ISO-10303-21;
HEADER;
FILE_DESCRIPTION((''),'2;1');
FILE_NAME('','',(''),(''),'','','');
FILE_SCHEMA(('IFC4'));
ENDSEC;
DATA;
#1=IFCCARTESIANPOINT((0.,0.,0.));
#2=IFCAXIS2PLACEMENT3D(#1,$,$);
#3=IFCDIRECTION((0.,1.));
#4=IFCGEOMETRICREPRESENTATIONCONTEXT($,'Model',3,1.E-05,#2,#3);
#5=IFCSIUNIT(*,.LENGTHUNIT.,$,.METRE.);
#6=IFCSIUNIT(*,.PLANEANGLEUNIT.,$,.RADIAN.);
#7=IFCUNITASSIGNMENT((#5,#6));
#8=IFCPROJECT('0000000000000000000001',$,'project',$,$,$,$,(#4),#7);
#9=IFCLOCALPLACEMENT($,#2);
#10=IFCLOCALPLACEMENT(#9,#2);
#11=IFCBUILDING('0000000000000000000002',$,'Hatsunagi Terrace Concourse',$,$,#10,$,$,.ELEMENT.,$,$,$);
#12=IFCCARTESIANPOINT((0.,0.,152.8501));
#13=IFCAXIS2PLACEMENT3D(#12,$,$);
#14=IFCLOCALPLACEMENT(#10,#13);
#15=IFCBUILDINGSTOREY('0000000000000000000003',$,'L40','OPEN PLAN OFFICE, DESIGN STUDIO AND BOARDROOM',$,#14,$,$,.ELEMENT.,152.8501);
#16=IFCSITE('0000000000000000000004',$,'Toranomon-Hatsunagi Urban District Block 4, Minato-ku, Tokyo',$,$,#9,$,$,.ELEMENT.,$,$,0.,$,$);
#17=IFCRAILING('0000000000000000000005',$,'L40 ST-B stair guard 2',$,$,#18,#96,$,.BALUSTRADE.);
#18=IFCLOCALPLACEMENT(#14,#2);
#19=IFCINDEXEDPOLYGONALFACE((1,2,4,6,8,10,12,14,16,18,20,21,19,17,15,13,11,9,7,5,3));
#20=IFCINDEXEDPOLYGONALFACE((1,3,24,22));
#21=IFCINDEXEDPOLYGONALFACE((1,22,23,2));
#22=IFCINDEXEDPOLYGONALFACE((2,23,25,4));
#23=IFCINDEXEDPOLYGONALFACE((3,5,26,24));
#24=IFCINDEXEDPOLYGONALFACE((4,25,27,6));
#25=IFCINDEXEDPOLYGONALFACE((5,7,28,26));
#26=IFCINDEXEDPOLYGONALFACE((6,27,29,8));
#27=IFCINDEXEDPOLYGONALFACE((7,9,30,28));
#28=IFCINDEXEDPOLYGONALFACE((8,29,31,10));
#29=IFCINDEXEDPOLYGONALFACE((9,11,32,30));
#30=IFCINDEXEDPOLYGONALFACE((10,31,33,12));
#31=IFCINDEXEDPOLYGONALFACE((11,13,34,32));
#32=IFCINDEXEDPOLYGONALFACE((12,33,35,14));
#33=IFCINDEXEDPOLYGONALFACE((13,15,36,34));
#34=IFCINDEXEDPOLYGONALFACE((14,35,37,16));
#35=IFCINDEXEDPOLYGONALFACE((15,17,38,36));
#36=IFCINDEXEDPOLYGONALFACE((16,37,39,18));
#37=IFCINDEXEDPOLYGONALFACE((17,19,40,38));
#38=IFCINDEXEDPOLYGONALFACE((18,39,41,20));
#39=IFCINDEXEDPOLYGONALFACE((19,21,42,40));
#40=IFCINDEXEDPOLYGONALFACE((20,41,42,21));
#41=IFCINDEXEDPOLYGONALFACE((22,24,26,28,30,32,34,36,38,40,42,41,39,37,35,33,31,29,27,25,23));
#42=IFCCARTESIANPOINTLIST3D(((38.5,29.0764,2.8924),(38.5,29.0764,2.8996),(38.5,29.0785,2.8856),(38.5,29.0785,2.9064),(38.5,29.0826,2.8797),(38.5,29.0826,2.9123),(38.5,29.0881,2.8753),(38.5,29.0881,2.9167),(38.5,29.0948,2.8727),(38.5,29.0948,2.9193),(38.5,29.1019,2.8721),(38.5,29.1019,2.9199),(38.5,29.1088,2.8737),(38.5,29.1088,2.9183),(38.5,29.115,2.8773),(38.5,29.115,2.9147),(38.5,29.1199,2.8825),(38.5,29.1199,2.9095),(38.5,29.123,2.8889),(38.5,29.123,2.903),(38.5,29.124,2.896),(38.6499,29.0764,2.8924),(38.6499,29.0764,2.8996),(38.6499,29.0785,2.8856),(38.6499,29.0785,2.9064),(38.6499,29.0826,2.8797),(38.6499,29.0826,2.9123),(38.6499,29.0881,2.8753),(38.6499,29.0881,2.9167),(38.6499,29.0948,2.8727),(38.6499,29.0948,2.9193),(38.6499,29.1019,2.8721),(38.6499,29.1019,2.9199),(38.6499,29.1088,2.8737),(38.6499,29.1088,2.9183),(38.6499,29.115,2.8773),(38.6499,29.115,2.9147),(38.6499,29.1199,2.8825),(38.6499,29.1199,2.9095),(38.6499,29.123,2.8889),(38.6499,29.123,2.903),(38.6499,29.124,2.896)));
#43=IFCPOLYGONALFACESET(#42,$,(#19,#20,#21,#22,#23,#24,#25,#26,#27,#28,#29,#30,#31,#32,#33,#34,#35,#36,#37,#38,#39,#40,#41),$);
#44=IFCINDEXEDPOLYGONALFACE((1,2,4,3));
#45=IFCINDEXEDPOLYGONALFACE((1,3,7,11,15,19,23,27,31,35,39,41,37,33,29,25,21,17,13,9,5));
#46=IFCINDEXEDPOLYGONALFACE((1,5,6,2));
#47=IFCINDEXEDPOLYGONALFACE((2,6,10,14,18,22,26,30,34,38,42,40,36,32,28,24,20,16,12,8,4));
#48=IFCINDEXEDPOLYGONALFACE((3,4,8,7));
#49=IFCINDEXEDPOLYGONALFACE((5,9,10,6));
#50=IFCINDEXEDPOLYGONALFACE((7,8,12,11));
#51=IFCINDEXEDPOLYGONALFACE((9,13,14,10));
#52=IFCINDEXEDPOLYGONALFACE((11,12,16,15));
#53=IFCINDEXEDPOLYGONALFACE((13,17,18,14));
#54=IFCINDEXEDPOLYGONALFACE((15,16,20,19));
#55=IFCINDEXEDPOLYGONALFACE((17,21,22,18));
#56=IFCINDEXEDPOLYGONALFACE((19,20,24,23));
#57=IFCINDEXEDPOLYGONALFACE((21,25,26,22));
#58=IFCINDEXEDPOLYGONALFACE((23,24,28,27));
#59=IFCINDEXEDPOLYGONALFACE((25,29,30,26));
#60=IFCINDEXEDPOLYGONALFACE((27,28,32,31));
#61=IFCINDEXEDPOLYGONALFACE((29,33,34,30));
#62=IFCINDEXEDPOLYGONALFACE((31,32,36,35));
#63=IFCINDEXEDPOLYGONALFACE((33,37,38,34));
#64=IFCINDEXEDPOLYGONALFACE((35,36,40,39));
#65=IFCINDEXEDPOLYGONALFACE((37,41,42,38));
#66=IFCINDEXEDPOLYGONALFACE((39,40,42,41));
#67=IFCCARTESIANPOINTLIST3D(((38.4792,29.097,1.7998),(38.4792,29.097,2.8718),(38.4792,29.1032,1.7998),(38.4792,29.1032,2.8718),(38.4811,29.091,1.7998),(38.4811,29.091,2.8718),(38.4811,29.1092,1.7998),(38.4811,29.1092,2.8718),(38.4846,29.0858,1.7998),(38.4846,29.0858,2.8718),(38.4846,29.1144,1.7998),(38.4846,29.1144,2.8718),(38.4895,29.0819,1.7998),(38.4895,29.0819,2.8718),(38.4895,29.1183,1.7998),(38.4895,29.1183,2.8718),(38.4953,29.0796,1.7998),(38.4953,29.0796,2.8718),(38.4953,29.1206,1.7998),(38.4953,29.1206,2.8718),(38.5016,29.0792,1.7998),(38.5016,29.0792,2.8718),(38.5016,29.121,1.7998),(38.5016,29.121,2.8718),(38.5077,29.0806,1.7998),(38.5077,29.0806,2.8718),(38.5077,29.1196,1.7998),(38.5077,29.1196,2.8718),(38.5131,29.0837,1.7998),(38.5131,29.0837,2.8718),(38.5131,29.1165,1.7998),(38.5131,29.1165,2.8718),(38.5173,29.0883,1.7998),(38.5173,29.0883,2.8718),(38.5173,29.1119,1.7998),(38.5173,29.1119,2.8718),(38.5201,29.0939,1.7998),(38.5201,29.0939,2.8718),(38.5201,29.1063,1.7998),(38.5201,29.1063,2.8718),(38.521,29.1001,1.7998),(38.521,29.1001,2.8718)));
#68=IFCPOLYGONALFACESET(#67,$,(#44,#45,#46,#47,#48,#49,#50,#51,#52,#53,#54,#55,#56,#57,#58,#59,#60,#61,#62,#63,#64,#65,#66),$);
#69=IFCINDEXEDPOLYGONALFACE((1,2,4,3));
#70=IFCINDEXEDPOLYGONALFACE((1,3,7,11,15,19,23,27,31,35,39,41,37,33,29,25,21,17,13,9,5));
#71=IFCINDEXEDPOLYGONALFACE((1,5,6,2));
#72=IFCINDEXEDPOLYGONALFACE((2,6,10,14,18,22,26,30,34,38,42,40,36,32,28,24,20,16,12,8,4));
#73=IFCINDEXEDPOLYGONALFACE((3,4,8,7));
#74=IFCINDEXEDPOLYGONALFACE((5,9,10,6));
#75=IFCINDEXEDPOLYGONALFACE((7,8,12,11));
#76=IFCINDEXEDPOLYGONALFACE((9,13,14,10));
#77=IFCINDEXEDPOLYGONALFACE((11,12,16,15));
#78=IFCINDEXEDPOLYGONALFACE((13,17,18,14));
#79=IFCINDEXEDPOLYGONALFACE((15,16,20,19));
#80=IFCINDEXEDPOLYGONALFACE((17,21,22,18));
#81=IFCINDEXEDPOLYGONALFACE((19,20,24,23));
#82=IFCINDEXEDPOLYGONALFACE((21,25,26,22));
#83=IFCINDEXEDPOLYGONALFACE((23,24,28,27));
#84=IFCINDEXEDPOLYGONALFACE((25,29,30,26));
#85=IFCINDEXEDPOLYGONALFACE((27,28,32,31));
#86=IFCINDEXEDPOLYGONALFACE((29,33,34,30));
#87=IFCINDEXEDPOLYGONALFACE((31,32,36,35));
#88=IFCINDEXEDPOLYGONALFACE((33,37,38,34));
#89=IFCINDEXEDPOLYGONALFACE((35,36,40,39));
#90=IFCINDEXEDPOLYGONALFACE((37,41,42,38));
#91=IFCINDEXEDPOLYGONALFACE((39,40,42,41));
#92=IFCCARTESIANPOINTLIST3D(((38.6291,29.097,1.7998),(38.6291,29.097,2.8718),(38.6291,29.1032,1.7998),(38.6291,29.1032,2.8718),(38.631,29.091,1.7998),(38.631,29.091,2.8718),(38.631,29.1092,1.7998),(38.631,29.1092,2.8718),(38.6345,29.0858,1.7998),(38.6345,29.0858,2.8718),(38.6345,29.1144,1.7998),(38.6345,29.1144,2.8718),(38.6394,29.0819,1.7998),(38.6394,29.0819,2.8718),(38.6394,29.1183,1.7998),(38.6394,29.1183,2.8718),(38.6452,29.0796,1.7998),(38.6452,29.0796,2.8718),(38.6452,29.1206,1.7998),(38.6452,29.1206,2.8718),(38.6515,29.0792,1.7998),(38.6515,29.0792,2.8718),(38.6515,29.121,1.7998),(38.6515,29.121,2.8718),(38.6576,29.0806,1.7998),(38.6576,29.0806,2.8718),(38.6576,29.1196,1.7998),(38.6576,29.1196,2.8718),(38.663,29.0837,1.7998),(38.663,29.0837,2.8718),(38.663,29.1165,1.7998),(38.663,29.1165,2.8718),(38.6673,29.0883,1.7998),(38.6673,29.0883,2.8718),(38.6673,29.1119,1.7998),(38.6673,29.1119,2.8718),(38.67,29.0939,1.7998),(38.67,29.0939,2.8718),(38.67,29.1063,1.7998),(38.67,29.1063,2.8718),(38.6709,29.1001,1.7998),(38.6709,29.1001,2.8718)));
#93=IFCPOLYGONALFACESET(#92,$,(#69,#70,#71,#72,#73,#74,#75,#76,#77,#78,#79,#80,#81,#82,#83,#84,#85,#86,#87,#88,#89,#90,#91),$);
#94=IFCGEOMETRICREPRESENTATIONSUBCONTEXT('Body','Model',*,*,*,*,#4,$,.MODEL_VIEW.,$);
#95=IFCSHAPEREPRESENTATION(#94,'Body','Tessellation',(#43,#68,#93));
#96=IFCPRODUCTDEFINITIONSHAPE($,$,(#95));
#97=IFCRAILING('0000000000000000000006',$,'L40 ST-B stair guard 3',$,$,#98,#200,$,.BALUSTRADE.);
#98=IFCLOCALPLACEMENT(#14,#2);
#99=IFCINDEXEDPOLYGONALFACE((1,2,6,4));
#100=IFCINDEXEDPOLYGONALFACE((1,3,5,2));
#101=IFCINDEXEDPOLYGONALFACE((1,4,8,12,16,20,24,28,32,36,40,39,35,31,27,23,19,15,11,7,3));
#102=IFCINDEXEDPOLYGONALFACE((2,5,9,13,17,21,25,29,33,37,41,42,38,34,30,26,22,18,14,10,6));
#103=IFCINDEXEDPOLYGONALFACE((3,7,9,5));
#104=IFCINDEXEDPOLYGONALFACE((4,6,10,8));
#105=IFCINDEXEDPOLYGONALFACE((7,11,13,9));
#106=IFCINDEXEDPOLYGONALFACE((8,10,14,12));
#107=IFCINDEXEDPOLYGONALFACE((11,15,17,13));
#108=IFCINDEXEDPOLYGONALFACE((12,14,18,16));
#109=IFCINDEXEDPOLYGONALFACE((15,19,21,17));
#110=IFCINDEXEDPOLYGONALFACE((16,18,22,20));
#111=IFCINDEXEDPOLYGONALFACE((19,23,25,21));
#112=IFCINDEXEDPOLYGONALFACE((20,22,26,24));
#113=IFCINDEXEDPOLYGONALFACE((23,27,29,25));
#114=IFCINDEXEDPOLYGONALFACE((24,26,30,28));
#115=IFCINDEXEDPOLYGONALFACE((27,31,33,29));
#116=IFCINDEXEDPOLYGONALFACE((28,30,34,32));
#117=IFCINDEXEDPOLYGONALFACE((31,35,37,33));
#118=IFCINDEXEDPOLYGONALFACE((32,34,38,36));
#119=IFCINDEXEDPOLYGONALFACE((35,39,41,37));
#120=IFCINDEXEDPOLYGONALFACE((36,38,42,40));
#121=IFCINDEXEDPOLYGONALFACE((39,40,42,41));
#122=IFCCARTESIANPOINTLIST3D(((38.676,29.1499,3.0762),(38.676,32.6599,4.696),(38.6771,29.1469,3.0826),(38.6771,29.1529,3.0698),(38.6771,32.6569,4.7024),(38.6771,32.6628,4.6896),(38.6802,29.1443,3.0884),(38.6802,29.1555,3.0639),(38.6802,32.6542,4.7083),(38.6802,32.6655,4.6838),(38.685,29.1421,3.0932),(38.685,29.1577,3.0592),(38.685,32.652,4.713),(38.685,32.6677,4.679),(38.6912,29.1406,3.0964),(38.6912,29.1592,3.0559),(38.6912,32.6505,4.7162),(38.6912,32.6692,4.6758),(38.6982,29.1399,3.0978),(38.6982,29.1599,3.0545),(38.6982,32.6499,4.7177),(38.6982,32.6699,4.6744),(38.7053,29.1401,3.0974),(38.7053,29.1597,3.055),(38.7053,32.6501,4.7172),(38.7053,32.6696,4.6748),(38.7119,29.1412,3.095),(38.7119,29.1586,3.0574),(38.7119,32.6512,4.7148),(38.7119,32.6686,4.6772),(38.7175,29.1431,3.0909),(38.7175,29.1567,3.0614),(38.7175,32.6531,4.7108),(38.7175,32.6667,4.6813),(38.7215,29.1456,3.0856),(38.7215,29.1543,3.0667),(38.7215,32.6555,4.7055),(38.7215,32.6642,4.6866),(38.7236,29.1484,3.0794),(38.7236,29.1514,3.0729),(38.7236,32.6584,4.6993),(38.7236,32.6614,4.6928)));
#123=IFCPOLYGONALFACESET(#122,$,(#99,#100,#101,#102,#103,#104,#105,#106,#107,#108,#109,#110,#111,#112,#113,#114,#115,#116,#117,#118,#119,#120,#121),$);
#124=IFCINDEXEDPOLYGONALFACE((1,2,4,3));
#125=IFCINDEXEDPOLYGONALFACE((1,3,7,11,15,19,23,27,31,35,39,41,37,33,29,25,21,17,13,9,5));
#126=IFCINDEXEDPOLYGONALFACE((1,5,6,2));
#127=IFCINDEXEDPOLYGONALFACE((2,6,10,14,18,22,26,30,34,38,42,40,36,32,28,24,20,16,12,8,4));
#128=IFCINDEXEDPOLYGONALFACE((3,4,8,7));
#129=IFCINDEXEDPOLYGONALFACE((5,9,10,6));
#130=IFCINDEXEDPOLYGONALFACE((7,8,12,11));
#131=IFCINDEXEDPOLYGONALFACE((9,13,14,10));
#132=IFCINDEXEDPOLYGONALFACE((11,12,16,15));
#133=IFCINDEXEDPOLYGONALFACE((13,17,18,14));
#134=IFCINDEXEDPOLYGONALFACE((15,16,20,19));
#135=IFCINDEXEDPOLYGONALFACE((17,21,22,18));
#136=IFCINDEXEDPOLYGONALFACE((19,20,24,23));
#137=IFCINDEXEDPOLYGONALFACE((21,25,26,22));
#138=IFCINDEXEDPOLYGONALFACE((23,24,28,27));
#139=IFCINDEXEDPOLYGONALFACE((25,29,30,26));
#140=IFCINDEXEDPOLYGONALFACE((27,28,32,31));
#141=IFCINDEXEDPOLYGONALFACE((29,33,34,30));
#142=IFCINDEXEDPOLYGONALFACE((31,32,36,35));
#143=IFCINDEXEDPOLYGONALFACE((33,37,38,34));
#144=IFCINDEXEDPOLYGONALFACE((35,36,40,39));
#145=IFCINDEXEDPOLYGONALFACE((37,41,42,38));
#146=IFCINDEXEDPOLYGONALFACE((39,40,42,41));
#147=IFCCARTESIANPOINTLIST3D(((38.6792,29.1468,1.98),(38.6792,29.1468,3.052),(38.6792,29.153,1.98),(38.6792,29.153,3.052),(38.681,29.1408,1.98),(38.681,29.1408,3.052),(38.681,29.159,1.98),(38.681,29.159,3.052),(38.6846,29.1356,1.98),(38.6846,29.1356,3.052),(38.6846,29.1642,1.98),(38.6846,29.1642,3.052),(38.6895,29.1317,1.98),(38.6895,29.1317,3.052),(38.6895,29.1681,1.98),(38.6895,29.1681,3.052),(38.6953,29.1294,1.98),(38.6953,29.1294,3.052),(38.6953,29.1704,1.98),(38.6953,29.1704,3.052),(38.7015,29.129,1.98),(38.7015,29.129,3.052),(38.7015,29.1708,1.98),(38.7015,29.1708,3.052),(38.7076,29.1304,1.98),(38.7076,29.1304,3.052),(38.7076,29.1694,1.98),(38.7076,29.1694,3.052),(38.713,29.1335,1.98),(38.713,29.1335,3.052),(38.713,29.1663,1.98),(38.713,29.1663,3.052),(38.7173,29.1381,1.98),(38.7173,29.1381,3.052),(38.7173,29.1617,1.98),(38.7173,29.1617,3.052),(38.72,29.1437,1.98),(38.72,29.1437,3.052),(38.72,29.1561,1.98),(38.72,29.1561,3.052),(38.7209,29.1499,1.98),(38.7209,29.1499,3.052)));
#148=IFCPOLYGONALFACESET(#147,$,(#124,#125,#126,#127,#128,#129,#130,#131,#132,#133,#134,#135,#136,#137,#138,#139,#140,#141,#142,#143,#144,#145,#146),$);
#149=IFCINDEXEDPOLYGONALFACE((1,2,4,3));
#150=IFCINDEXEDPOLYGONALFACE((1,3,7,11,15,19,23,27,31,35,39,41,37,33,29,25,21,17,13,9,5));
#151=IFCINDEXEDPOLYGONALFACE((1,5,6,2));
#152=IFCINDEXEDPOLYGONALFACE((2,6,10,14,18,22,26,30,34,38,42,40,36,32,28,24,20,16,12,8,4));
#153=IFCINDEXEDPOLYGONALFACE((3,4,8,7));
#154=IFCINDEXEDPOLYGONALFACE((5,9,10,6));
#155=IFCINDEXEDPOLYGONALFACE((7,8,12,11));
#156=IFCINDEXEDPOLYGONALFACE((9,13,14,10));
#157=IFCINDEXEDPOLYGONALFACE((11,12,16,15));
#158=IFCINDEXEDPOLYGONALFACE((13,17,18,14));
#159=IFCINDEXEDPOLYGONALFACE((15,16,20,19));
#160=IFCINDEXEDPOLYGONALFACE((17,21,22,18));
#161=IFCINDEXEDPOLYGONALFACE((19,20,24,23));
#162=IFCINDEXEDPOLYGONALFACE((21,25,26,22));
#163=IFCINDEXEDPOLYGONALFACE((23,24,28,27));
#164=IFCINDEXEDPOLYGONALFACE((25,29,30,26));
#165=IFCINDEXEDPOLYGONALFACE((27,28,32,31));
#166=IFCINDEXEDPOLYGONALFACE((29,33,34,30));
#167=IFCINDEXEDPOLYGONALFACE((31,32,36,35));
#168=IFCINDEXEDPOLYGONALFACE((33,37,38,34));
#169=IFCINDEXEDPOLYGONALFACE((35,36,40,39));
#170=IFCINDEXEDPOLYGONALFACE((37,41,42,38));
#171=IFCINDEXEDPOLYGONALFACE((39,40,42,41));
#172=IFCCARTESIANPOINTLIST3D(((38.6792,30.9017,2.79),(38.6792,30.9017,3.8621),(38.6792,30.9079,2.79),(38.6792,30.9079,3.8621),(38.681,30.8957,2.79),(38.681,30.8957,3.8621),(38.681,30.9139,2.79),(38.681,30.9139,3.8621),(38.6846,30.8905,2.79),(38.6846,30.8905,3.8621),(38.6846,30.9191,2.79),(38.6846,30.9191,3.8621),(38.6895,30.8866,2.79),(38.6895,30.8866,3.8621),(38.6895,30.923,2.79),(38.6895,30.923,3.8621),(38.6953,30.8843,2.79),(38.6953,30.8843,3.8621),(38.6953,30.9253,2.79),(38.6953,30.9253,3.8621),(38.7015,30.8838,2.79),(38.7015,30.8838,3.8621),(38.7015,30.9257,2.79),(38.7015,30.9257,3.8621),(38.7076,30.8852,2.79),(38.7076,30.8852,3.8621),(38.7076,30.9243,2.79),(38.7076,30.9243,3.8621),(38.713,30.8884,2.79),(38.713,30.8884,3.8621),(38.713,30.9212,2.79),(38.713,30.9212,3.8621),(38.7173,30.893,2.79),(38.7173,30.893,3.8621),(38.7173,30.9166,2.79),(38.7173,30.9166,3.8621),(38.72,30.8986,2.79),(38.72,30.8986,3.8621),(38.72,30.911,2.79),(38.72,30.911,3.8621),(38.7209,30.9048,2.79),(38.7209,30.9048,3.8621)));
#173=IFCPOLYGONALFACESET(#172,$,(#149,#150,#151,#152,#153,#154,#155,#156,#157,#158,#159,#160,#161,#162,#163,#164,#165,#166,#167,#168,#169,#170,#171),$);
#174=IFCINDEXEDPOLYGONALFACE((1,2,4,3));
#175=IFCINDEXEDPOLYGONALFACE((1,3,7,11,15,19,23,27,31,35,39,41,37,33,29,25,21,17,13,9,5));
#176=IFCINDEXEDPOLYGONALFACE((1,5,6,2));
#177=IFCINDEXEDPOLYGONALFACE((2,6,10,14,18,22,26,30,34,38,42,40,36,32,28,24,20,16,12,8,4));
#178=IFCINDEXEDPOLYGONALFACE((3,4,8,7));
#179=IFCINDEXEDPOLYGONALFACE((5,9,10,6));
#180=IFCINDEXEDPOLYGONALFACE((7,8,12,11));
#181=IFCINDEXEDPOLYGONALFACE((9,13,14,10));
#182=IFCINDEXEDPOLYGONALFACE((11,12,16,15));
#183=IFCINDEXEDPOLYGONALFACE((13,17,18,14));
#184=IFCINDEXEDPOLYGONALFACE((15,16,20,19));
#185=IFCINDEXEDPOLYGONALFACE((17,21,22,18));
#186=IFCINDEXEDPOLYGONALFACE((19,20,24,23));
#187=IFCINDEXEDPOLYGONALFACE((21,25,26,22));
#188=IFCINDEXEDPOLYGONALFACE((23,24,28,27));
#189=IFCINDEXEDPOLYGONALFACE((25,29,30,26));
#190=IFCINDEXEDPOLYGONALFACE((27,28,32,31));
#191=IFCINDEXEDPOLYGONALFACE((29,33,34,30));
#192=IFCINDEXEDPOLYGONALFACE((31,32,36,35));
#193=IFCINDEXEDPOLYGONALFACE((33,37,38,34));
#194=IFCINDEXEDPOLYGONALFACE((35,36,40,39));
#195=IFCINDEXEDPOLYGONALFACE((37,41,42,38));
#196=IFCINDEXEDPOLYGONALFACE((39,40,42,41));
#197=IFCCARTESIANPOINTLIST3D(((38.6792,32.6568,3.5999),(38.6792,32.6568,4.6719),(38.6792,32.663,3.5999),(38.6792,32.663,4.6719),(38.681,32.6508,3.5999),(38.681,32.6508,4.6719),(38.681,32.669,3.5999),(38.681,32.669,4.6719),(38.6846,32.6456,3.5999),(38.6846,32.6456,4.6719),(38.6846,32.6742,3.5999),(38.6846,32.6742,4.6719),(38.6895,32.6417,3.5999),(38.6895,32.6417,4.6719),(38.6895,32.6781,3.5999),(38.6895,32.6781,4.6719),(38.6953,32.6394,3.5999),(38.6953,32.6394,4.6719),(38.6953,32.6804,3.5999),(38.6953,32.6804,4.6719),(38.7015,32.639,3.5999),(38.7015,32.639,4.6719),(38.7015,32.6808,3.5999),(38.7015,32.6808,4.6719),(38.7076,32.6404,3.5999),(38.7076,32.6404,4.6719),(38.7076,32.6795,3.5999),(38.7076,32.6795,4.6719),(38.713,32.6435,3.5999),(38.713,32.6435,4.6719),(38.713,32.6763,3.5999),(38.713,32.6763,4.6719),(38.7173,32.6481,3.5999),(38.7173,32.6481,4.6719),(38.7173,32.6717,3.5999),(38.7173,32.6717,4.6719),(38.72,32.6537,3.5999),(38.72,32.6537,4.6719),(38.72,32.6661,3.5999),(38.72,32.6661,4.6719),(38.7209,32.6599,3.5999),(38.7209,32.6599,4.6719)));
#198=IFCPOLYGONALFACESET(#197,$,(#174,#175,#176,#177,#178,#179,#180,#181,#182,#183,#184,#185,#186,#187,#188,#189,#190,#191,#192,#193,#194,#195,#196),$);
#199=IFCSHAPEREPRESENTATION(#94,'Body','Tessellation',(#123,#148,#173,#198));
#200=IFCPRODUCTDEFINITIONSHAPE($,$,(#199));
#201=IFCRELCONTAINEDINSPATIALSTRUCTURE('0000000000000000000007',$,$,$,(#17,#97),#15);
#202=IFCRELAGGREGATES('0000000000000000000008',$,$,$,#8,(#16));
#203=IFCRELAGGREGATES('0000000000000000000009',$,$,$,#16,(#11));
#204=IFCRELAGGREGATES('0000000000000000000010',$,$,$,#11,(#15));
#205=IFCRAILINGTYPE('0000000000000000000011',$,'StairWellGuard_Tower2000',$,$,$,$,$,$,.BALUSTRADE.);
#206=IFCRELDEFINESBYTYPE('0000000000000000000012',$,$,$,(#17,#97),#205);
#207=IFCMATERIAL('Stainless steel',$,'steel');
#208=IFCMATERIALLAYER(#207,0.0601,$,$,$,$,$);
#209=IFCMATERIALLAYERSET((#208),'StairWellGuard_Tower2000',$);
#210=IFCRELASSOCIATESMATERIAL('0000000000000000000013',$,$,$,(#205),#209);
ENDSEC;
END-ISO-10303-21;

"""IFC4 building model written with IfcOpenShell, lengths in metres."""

from ifc_helpers import new_model, si_unit, direction, frame, origin, origin_2d, place, context, subcontext, project, spatial, circle, extrude, material, layer, layer_set, type_object, element, save


model = new_model("IFC4")

# Units and contexts
model_context = context("Model", 3, precision=1e-05, world=origin(), true_north=direction((0.0, 1.0)))
body_context = subcontext(model_context, "Body", "Model", "MODEL_VIEW")
ifc_project = project(units=[si_unit("LENGTHUNIT", "METRE"), si_unit("PLANEANGLEUNIT", "RADIAN")], contexts=[model_context])

# Site, building, storey
site_placement = place(None, origin())
site = spatial("IfcSite", under=ifc_project, at=site_placement, Name="Toranomon-Hatsunagi Urban District Block 4, Minato-ku, Tokyo", CompositionType="ELEMENT", RefElevation=0.0)
building_placement = place(site_placement, origin())
building = spatial("IfcBuilding", under=site, at=building_placement, Name="Hatsunagi Terrace Concourse", CompositionType="ELEMENT")
storey_placement = place(building_placement, frame((0.0, 0.0, 152.8501)))
storey = spatial("IfcBuildingStorey", under=building, at=storey_placement, Name="L40", Description="OPEN PLAN OFFICE, DESIGN STUDIO AND BOARDROOM", CompositionType="ELEMENT", Elevation=152.8501)

# Railings
ifc_material_1 = material(Name="Stainless steel", Category="steel")
ifc_layer_1 = layer(ifc_material_1, 0.0601)
ifc_layer_set_1 = layer_set([ifc_layer_1], Name="StairWellGuard_Tower2000")
railing_type = type_object("IfcRailingType", Name="StairWellGuard_Tower2000", PredefinedType="BALUSTRADE", material=ifc_layer_set_1)
railing_1_placement = place(storey_placement, frame((38.5, 29.1001, 1.7998)))
element("IfcRailing", 1, at=railing_1_placement, inside=storey, type_object=railing_type, Name="L40 ST-B stair guard 2", PredefinedType="BALUSTRADE", context=body_context, shape_type="SweptSolid", body=[
    extrude(circle(Radius=0.0239, at=origin_2d()), frame((0.0, 0.0, 1.0962), z_axis=(1.0, 0.0, 0.0), x_axis=(0.0, 1.0, 0.0)), (0.0, 0.0, 1.0), 0.1499),
    extrude(circle(Radius=0.021, at=origin_2d()), origin(), (0.0, 0.0, 1.0), 1.072),
    extrude(circle(Radius=0.021, at=origin_2d()), frame((0.1499, 0.0, 0.0)), (0.0, 0.0, 1.0), 1.072),
])
railing_2_placement = place(storey_placement, frame((38.7, 29.1499, 1.98)))
element("IfcRailing", 2, at=railing_2_placement, inside=storey, type_object=railing_type, Name="L40 ST-B stair guard 3", PredefinedType="BALUSTRADE", context=body_context, shape_type="SweptSolid", body=[
    extrude(circle(Radius=0.0239, at=origin_2d()), frame((0.0, 0.0, 1.0962), z_axis=(0.0, 0.907972, 0.41903), x_axis=(-1.0, 0.0, 0.0)), (0.0, 0.0, 1.0), 3.8657),
    extrude(circle(Radius=0.021, at=origin_2d()), origin(), (0.0, 0.0, 1.0), 1.072),
    extrude(circle(Radius=0.021, at=origin_2d()), frame((0.0, 1.7549, 0.8101)), (0.0, 0.0, 1.0), 1.072),
    extrude(circle(Radius=0.021, at=origin_2d()), frame((0.0, 3.51, 1.6199)), (0.0, 0.0, 1.0), 1.072),
])

save(model, "model.ifc")
